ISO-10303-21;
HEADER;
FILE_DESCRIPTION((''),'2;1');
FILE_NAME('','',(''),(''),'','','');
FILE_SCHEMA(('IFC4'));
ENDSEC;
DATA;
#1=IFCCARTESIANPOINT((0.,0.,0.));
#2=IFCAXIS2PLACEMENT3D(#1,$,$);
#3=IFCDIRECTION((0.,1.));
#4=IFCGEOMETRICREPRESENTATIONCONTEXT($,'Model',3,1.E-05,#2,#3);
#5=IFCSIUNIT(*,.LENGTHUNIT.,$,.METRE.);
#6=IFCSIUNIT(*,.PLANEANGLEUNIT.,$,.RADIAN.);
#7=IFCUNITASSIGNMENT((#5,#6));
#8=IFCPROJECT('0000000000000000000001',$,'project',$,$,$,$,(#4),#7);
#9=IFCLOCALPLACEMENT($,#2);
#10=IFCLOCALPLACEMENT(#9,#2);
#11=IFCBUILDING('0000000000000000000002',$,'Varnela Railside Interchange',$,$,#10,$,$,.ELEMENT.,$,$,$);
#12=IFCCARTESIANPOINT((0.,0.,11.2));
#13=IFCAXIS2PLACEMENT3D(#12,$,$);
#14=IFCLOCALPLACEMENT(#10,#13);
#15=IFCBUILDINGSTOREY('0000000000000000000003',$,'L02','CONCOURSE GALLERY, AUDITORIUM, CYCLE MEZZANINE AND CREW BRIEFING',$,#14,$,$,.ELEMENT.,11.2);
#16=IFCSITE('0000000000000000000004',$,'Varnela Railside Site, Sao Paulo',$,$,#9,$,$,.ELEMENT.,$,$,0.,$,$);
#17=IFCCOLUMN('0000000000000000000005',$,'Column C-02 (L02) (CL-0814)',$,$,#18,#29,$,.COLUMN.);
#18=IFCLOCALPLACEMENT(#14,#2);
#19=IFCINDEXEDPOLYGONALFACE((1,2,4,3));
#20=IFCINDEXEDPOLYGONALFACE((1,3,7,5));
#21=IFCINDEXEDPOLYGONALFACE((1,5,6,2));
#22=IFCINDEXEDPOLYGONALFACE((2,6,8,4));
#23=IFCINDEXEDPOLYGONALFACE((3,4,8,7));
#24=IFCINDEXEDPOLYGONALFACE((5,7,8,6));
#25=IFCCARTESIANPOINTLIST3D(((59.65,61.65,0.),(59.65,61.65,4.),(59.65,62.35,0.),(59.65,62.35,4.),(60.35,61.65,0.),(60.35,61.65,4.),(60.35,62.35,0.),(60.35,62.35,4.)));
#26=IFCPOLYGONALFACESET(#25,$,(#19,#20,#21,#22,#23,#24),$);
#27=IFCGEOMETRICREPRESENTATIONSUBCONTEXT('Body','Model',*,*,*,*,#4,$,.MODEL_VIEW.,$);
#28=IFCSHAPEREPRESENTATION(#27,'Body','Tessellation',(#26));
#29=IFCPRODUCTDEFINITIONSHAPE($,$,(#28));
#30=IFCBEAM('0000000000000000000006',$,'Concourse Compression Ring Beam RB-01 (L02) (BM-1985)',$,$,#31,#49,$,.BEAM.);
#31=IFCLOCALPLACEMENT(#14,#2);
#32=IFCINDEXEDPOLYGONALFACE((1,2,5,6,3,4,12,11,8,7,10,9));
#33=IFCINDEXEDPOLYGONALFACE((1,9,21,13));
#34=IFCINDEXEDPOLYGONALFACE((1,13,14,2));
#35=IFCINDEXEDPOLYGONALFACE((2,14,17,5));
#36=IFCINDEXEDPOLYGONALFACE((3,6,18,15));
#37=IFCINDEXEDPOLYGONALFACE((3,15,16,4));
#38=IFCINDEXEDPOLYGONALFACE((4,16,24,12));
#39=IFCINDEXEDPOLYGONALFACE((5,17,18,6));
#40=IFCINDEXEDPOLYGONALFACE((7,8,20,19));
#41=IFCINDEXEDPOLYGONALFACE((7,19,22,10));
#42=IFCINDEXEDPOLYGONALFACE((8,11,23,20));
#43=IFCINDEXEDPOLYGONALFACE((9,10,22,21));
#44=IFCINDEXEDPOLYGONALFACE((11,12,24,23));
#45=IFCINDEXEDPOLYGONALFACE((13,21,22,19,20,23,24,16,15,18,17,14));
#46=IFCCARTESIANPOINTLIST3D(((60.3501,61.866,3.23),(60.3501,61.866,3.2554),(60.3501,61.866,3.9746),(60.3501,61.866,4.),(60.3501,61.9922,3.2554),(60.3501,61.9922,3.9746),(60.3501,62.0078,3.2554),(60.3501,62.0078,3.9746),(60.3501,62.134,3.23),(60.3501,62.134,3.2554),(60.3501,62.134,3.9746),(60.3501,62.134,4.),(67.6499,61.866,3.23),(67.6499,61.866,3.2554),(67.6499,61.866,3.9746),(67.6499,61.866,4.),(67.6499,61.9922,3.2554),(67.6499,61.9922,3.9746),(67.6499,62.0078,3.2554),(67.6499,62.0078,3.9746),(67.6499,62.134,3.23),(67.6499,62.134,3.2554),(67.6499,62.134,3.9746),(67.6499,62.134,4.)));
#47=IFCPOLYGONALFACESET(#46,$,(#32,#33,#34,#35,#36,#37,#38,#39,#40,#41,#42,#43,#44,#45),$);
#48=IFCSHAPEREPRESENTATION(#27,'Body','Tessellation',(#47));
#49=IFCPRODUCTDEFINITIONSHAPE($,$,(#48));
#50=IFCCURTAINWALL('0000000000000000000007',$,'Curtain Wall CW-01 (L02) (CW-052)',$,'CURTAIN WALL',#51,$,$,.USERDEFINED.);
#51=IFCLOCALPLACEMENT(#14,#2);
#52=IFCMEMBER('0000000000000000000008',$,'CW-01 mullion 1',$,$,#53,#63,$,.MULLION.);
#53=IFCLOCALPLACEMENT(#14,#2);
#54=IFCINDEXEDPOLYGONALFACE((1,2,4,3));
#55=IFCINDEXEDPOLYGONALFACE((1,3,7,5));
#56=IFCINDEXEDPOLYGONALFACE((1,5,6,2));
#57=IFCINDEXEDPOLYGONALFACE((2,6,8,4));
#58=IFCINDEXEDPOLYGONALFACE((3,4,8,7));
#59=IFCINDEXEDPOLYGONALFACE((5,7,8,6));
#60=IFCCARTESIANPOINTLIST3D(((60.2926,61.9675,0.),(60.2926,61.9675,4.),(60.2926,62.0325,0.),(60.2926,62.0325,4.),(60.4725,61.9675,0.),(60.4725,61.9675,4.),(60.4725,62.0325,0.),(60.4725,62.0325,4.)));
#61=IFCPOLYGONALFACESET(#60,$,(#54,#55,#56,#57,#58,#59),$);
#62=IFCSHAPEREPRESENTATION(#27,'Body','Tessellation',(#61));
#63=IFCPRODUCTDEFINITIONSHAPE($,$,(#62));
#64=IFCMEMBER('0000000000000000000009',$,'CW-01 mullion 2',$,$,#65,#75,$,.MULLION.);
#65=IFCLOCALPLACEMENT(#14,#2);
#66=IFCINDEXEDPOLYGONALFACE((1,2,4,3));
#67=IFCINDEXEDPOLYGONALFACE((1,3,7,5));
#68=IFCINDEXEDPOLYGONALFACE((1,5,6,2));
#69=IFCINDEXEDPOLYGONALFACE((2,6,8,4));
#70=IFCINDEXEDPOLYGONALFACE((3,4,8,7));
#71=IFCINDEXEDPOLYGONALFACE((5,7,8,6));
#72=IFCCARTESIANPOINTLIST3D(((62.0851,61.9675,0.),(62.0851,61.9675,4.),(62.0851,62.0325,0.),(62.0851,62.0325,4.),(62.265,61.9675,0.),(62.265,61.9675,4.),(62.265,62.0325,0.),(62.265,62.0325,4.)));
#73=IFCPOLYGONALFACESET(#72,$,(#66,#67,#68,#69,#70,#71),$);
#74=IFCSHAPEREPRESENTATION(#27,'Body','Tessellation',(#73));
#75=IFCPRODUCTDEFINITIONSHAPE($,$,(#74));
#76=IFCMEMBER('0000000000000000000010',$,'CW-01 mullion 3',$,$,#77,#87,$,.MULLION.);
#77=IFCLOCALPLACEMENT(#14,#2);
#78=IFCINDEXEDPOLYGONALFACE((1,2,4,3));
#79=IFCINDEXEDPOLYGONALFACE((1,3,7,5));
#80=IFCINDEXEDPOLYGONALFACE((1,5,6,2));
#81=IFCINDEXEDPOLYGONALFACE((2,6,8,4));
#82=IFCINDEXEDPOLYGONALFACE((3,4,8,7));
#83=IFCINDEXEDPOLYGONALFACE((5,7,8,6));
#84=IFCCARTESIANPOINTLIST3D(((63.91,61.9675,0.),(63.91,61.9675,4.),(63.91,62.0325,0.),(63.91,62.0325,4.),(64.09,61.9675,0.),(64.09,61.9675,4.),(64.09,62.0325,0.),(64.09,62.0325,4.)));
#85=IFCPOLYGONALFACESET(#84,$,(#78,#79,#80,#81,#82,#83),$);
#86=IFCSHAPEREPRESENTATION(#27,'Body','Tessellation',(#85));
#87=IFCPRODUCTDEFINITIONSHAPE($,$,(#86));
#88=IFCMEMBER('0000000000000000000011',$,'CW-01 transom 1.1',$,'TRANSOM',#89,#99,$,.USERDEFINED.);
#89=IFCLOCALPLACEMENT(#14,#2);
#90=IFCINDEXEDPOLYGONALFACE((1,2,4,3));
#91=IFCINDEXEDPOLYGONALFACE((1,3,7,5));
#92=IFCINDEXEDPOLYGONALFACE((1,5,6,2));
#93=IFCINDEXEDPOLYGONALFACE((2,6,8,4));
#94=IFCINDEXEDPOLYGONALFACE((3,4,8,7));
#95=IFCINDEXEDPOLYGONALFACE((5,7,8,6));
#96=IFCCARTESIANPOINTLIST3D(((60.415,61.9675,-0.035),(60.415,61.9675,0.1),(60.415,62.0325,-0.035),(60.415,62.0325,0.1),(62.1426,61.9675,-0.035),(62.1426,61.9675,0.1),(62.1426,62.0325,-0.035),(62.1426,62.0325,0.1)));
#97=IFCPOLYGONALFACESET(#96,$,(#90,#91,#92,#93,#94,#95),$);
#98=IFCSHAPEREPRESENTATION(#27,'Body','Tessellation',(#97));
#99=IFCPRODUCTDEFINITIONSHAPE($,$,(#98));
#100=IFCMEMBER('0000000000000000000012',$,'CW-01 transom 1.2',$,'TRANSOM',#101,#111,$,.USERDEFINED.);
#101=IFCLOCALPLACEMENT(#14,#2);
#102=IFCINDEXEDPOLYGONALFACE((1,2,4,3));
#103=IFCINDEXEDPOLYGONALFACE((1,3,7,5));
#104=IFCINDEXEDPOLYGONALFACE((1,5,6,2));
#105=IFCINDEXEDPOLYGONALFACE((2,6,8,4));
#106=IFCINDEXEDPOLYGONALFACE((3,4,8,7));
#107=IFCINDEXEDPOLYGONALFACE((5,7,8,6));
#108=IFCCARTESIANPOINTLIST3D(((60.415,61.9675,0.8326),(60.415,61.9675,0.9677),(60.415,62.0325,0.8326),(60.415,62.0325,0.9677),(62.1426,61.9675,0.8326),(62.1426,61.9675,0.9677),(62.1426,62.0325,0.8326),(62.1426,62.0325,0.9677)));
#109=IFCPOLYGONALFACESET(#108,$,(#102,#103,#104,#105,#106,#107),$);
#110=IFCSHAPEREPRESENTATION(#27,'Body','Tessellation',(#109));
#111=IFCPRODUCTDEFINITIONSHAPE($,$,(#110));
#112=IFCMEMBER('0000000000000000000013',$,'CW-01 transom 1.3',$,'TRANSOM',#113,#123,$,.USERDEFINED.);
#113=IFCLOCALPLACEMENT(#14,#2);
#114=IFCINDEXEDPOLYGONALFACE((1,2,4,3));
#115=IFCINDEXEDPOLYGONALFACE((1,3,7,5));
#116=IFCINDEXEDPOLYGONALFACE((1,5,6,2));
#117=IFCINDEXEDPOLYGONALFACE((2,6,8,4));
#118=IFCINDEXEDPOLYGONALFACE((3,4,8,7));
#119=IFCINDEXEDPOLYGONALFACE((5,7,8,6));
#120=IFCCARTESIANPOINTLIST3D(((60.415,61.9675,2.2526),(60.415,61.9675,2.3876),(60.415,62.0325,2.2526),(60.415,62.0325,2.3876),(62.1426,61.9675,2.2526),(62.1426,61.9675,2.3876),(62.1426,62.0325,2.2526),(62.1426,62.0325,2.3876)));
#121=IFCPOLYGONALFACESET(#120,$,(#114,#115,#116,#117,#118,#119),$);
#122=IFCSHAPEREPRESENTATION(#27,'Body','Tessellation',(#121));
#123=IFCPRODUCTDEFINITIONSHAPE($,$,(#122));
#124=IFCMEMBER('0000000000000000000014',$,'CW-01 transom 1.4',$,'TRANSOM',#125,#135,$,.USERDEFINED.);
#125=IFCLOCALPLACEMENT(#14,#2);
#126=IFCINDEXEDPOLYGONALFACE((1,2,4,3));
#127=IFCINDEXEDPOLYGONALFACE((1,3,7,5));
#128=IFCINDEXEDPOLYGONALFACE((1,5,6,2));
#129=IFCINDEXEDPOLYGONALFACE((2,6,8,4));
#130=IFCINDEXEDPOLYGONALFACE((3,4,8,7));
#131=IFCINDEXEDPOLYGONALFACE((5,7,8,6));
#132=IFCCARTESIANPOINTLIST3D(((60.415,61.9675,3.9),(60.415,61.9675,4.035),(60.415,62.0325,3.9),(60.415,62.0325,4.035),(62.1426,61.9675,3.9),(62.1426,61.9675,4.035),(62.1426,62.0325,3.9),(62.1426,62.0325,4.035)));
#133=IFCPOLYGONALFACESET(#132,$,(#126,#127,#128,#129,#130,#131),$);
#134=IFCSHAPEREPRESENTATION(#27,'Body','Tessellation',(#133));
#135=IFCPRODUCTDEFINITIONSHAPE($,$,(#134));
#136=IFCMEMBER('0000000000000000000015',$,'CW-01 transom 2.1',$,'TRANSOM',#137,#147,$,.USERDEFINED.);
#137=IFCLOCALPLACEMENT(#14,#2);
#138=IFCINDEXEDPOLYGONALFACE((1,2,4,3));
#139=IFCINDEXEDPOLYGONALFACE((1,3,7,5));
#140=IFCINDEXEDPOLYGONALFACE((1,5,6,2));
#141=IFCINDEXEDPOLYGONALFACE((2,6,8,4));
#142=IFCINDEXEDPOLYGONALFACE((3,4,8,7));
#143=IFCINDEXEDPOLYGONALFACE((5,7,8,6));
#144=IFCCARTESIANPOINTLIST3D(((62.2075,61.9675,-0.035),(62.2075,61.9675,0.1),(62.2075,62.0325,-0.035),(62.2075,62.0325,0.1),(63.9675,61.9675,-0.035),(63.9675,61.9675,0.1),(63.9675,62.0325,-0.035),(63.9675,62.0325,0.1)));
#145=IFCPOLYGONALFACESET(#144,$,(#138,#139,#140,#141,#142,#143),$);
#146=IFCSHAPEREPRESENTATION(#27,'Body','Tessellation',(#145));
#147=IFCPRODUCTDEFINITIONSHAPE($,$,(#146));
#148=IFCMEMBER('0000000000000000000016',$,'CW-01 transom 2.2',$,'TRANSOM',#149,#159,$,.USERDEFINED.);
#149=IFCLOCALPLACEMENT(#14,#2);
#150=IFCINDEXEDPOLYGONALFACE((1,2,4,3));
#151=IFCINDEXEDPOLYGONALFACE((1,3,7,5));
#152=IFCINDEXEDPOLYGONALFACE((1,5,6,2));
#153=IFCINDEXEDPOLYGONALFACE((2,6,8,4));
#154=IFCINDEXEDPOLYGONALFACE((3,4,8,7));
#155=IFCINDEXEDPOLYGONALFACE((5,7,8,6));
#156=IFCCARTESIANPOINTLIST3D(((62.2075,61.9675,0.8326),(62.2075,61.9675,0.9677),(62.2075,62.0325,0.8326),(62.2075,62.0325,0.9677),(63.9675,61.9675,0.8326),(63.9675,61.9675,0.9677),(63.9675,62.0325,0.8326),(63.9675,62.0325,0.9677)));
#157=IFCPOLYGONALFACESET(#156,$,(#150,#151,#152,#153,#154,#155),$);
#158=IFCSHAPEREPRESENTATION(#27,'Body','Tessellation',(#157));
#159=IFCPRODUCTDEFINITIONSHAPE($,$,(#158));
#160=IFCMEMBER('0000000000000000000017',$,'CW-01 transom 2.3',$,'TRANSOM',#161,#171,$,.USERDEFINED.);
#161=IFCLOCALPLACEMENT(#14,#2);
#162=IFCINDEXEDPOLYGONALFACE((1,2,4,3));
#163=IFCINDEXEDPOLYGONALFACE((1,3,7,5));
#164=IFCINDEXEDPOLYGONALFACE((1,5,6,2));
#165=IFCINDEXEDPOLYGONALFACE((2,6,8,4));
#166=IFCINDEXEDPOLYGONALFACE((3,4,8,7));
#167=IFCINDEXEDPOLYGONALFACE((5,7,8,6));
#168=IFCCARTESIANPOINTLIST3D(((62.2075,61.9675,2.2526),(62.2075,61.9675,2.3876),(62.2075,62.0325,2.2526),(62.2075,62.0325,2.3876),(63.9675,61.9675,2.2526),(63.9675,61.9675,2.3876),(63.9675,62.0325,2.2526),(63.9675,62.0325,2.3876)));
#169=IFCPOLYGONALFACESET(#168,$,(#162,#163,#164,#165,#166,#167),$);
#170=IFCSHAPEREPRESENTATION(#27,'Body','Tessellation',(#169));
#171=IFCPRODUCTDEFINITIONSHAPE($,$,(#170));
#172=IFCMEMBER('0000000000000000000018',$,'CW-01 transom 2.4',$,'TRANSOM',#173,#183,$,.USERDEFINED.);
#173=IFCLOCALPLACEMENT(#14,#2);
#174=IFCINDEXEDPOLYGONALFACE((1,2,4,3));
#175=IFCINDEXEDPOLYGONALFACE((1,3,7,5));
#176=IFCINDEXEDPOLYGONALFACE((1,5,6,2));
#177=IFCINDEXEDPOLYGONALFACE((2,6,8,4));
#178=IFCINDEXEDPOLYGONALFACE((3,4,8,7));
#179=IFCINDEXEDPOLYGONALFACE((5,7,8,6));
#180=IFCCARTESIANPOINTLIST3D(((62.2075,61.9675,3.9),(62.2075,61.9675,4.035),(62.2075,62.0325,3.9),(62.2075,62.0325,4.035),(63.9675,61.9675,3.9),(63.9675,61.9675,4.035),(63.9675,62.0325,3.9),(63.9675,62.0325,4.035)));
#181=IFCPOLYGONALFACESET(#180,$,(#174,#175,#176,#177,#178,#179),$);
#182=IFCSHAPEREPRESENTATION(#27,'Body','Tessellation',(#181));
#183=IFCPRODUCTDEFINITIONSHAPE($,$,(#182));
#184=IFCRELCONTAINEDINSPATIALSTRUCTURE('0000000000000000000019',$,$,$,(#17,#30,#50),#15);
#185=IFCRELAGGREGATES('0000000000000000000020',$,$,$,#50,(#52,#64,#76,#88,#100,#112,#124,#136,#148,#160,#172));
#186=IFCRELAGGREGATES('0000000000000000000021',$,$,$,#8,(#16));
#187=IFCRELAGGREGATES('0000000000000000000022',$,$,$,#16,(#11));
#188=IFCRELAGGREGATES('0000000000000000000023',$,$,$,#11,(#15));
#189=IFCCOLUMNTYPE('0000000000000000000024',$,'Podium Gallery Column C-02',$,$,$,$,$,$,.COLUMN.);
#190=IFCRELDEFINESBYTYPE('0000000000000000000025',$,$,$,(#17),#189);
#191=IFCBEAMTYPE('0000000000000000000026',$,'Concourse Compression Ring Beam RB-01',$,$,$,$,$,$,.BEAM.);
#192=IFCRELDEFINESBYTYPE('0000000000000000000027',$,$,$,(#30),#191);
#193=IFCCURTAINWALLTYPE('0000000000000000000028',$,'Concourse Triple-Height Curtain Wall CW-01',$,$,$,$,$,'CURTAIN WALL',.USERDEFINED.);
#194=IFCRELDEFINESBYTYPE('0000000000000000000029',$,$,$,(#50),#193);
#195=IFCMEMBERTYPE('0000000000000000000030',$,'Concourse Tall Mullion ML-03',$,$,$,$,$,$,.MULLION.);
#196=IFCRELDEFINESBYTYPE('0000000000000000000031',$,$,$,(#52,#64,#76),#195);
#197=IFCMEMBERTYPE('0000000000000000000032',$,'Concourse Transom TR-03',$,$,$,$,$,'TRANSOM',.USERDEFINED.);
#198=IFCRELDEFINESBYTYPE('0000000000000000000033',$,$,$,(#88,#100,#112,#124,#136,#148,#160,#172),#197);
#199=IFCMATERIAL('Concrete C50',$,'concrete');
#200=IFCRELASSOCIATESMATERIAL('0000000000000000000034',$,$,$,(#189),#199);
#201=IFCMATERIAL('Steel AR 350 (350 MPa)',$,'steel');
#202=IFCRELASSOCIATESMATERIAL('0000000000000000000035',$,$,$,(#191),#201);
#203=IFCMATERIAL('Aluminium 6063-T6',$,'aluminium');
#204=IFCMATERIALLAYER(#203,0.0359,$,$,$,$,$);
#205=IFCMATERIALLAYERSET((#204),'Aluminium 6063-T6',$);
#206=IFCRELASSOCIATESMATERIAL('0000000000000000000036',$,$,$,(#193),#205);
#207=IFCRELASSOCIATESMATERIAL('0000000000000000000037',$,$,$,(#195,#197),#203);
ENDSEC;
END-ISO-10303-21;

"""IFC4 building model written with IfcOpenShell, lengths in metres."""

from ifc_helpers import new_model, si_unit, direction, frame, origin, origin_2d, place, context, subcontext, project, spatial, rectangle, i_section, extrude, material, layer, layer_set, material_profile, profile_set, type_object, element, aggregate, save


model = new_model("IFC4")

# Units and contexts
model_context = context("Model", 3, precision=1e-05, world=origin(), true_north=direction((0.0, 1.0)))
body_context = subcontext(model_context, "Body", "Model", "MODEL_VIEW")
ifc_project = project(units=[si_unit("LENGTHUNIT", "METRE"), si_unit("PLANEANGLEUNIT", "RADIAN")], contexts=[model_context])

# Site, building, storey
site_placement = place(None, origin())
site = spatial("IfcSite", under=ifc_project, at=site_placement, Name="Varnela Railside Site, Sao Paulo", CompositionType="ELEMENT", RefElevation=0.0)
building_placement = place(site_placement, origin())
building = spatial("IfcBuilding", under=site, at=building_placement, Name="Varnela Railside Interchange", CompositionType="ELEMENT")
storey_placement = place(building_placement, frame((0.0, 0.0, 11.2)))
storey = spatial("IfcBuildingStorey", under=building, at=storey_placement, Name="L02", Description="CONCOURSE GALLERY, AUDITORIUM, CYCLE MEZZANINE AND CREW BRIEFING", CompositionType="ELEMENT", Elevation=11.2)

# Column
ifc_material_1 = material(Name="Concrete C50", Category="concrete")
ifc_material_profile_1 = material_profile(ifc_material_1, rectangle(XDim=0.7, YDim=0.7, at=origin_2d()), Name="RC 700x700")
ifc_profile_set_1 = profile_set([ifc_material_profile_1], Name="Concrete C50")
column_type = type_object("IfcColumnType", Name="Podium Gallery Column C-02", PredefinedType="COLUMN", material=ifc_profile_set_1)
column_placement = place(storey_placement, frame((60.0, 62.0, 0.0), z_axis=(0.0, 0.0, 1.0), x_axis=(1.0, 0.0, 0.0)))
element("IfcColumn", 1, at=column_placement, inside=storey, type_object=column_type, Name="Column C-02 (L02) (CL-0814)", PredefinedType="COLUMN", context=body_context, shape_type="SweptSolid", body=[
    extrude(rectangle(XDim=0.7, YDim=0.7, at=origin_2d()), origin(), (0.0, 0.0, 1.0), 4.0),
])

# Beam
ifc_material_2 = material(Name="Steel AR 350 (350 MPa)", Category="steel")
ifc_material_profile_2 = material_profile(ifc_material_2, i_section(OverallWidth=0.2681, OverallDepth=0.77, WebThickness=0.0156, FlangeThickness=0.0254, at=origin_2d()), Name="W760x196")
ifc_profile_set_2 = profile_set([ifc_material_profile_2], Name="Steel AR 350 (350 MPa)")
beam_type = type_object("IfcBeamType", Name="Concourse Compression Ring Beam RB-01", PredefinedType="BEAM", material=ifc_profile_set_2)
beam_placement = place(storey_placement, frame((60.3501, 62.0, 3.615), z_axis=(1.0, 0.0, 0.0), x_axis=(0.0, 1.0, 0.0)))
element("IfcBeam", 2, at=beam_placement, inside=storey, type_object=beam_type, Name="Concourse Compression Ring Beam RB-01 (L02) (BM-1985)", PredefinedType="BEAM", context=body_context, shape_type="SweptSolid", body=[
    extrude(i_section(OverallWidth=0.2681, OverallDepth=0.77, WebThickness=0.0156, FlangeThickness=0.0254, at=origin_2d()), origin(), (0.0, 0.0, 1.0), 7.2998),
])

# Curtain wall, members
ifc_material_3 = material(Name="Aluminium 6063-T6", Category="aluminium")
ifc_layer_1 = layer(ifc_material_3, 0.0359)
ifc_layer_set_1 = layer_set([ifc_layer_1], Name="Aluminium 6063-T6")
curtain_wall_type = type_object("IfcCurtainWallType", Name="Concourse Triple-Height Curtain Wall CW-01", ElementType="CURTAIN WALL", PredefinedType="USERDEFINED", material=ifc_layer_set_1)
curtain_wall_placement = place(storey_placement, origin())
curtain_wall = element("IfcCurtainWall", 3, at=curtain_wall_placement, inside=storey, type_object=curtain_wall_type, Name="Curtain Wall CW-01 (L02) (CW-052)", ObjectType="CURTAIN WALL", PredefinedType="USERDEFINED")
ifc_material_profile_3 = material_profile(ifc_material_3, rectangle(XDim=0.0649, YDim=0.1799, at=origin_2d()), Name="ALU 65x180")
ifc_profile_set_3 = profile_set([ifc_material_profile_3], Name="Aluminium 6063-T6")
member_type_1 = type_object("IfcMemberType", Name="Concourse Tall Mullion ML-03", PredefinedType="MULLION", material=ifc_profile_set_3)
member_1_placement = place(storey_placement, frame((60.3826, 62.0, 0.0), z_axis=(0.0, 0.0, 1.0), x_axis=(0.0, 1.0, 0.0)))
member_1 = element("IfcMember", 4, at=member_1_placement, type_object=member_type_1, Name="CW-01 mullion 1", PredefinedType="MULLION", context=body_context, shape_type="SweptSolid", body=[
    extrude(rectangle(XDim=0.0649, YDim=0.1799, at=origin_2d()), origin(), (0.0, 0.0, 1.0), 4.0),
])
member_2_placement = place(storey_placement, frame((62.175, 62.0, 0.0), z_axis=(0.0, 0.0, 1.0), x_axis=(0.0, 1.0, 0.0)))
member_2 = element("IfcMember", 5, at=member_2_placement, type_object=member_type_1, Name="CW-01 mullion 2", PredefinedType="MULLION", context=body_context, shape_type="SweptSolid", body=[
    extrude(rectangle(XDim=0.0649, YDim=0.1799, at=origin_2d()), origin(), (0.0, 0.0, 1.0), 4.0),
])
member_3_placement = place(storey_placement, frame((64.0, 62.0, 0.0), z_axis=(0.0, 0.0, 1.0), x_axis=(0.0, 1.0, 0.0)))
member_3 = element("IfcMember", 6, at=member_3_placement, type_object=member_type_1, Name="CW-01 mullion 3", PredefinedType="MULLION", context=body_context, shape_type="SweptSolid", body=[
    extrude(rectangle(XDim=0.0649, YDim=0.1799, at=origin_2d()), origin(), (0.0, 0.0, 1.0), 4.0),
])
ifc_material_profile_4 = material_profile(ifc_material_3, rectangle(XDim=0.0649, YDim=0.135, at=origin_2d()), Name="ALU 65x135")
ifc_profile_set_4 = profile_set([ifc_material_profile_4], Name="Aluminium 6063-T6")
member_type_2 = type_object("IfcMemberType", Name="Concourse Transom TR-03", ElementType="TRANSOM", PredefinedType="USERDEFINED", material=ifc_profile_set_4)
member_4_placement = place(storey_placement, frame((60.415, 62.0, 0.0325), z_axis=(1.0, 0.0, 0.0), x_axis=(0.0, 1.0, 0.0)))
member_4 = element("IfcMember", 7, at=member_4_placement, type_object=member_type_2, Name="CW-01 transom 1.1", ObjectType="TRANSOM", PredefinedType="USERDEFINED", context=body_context, shape_type="SweptSolid", body=[
    extrude(rectangle(XDim=0.0649, YDim=0.135, at=origin_2d()), origin(), (0.0, 0.0, 1.0), 1.7275),
])
member_5_placement = place(storey_placement, frame((60.415, 62.0, 0.9001), z_axis=(1.0, 0.0, 0.0), x_axis=(0.0, 1.0, 0.0)))
member_5 = element("IfcMember", 8, at=member_5_placement, type_object=member_type_2, Name="CW-01 transom 1.2", ObjectType="TRANSOM", PredefinedType="USERDEFINED", context=body_context, shape_type="SweptSolid", body=[
    extrude(rectangle(XDim=0.0649, YDim=0.135, at=origin_2d()), origin(), (0.0, 0.0, 1.0), 1.7275),
])
member_6_placement = place(storey_placement, frame((60.415, 62.0, 2.3201), z_axis=(1.0, 0.0, 0.0), x_axis=(0.0, 1.0, 0.0)))
member_6 = element("IfcMember", 9, at=member_6_placement, type_object=member_type_2, Name="CW-01 transom 1.3", ObjectType="TRANSOM", PredefinedType="USERDEFINED", context=body_context, shape_type="SweptSolid", body=[
    extrude(rectangle(XDim=0.0649, YDim=0.135, at=origin_2d()), origin(), (0.0, 0.0, 1.0), 1.7275),
])
member_7_placement = place(storey_placement, frame((60.415, 62.0, 3.9675), z_axis=(1.0, 0.0, 0.0), x_axis=(0.0, 1.0, 0.0)))
member_7 = element("IfcMember", 10, at=member_7_placement, type_object=member_type_2, Name="CW-01 transom 1.4", ObjectType="TRANSOM", PredefinedType="USERDEFINED", context=body_context, shape_type="SweptSolid", body=[
    extrude(rectangle(XDim=0.0649, YDim=0.135, at=origin_2d()), origin(), (0.0, 0.0, 1.0), 1.7275),
])
member_8_placement = place(storey_placement, frame((62.2075, 62.0, 0.0325), z_axis=(1.0, 0.0, 0.0), x_axis=(0.0, 1.0, 0.0)))
member_8 = element("IfcMember", 11, at=member_8_placement, type_object=member_type_2, Name="CW-01 transom 2.1", ObjectType="TRANSOM", PredefinedType="USERDEFINED", context=body_context, shape_type="SweptSolid", body=[
    extrude(rectangle(XDim=0.0649, YDim=0.135, at=origin_2d()), origin(), (0.0, 0.0, 1.0), 1.76),
])
member_9_placement = place(storey_placement, frame((62.2075, 62.0, 0.9001), z_axis=(1.0, 0.0, 0.0), x_axis=(0.0, 1.0, 0.0)))
member_9 = element("IfcMember", 12, at=member_9_placement, type_object=member_type_2, Name="CW-01 transom 2.2", ObjectType="TRANSOM", PredefinedType="USERDEFINED", context=body_context, shape_type="SweptSolid", body=[
    extrude(rectangle(XDim=0.0649, YDim=0.135, at=origin_2d()), origin(), (0.0, 0.0, 1.0), 1.76),
])
member_10_placement = place(storey_placement, frame((62.2075, 62.0, 2.3201), z_axis=(1.0, 0.0, 0.0), x_axis=(0.0, 1.0, 0.0)))
member_10 = element("IfcMember", 13, at=member_10_placement, type_object=member_type_2, Name="CW-01 transom 2.3", ObjectType="TRANSOM", PredefinedType="USERDEFINED", context=body_context, shape_type="SweptSolid", body=[
    extrude(rectangle(XDim=0.0649, YDim=0.135, at=origin_2d()), origin(), (0.0, 0.0, 1.0), 1.76),
])
member_11_placement = place(storey_placement, frame((62.2075, 62.0, 3.9675), z_axis=(1.0, 0.0, 0.0), x_axis=(0.0, 1.0, 0.0)))
member_11 = element("IfcMember", 14, at=member_11_placement, type_object=member_type_2, Name="CW-01 transom 2.4", ObjectType="TRANSOM", PredefinedType="USERDEFINED", context=body_context, shape_type="SweptSolid", body=[
    extrude(rectangle(XDim=0.0649, YDim=0.135, at=origin_2d()), origin(), (0.0, 0.0, 1.0), 1.76),
])
aggregate(curtain_wall, [member_1, member_2, member_3, member_4, member_5, member_6, member_7, member_8, member_9, member_10, member_11])

save(model, "model.ifc")
